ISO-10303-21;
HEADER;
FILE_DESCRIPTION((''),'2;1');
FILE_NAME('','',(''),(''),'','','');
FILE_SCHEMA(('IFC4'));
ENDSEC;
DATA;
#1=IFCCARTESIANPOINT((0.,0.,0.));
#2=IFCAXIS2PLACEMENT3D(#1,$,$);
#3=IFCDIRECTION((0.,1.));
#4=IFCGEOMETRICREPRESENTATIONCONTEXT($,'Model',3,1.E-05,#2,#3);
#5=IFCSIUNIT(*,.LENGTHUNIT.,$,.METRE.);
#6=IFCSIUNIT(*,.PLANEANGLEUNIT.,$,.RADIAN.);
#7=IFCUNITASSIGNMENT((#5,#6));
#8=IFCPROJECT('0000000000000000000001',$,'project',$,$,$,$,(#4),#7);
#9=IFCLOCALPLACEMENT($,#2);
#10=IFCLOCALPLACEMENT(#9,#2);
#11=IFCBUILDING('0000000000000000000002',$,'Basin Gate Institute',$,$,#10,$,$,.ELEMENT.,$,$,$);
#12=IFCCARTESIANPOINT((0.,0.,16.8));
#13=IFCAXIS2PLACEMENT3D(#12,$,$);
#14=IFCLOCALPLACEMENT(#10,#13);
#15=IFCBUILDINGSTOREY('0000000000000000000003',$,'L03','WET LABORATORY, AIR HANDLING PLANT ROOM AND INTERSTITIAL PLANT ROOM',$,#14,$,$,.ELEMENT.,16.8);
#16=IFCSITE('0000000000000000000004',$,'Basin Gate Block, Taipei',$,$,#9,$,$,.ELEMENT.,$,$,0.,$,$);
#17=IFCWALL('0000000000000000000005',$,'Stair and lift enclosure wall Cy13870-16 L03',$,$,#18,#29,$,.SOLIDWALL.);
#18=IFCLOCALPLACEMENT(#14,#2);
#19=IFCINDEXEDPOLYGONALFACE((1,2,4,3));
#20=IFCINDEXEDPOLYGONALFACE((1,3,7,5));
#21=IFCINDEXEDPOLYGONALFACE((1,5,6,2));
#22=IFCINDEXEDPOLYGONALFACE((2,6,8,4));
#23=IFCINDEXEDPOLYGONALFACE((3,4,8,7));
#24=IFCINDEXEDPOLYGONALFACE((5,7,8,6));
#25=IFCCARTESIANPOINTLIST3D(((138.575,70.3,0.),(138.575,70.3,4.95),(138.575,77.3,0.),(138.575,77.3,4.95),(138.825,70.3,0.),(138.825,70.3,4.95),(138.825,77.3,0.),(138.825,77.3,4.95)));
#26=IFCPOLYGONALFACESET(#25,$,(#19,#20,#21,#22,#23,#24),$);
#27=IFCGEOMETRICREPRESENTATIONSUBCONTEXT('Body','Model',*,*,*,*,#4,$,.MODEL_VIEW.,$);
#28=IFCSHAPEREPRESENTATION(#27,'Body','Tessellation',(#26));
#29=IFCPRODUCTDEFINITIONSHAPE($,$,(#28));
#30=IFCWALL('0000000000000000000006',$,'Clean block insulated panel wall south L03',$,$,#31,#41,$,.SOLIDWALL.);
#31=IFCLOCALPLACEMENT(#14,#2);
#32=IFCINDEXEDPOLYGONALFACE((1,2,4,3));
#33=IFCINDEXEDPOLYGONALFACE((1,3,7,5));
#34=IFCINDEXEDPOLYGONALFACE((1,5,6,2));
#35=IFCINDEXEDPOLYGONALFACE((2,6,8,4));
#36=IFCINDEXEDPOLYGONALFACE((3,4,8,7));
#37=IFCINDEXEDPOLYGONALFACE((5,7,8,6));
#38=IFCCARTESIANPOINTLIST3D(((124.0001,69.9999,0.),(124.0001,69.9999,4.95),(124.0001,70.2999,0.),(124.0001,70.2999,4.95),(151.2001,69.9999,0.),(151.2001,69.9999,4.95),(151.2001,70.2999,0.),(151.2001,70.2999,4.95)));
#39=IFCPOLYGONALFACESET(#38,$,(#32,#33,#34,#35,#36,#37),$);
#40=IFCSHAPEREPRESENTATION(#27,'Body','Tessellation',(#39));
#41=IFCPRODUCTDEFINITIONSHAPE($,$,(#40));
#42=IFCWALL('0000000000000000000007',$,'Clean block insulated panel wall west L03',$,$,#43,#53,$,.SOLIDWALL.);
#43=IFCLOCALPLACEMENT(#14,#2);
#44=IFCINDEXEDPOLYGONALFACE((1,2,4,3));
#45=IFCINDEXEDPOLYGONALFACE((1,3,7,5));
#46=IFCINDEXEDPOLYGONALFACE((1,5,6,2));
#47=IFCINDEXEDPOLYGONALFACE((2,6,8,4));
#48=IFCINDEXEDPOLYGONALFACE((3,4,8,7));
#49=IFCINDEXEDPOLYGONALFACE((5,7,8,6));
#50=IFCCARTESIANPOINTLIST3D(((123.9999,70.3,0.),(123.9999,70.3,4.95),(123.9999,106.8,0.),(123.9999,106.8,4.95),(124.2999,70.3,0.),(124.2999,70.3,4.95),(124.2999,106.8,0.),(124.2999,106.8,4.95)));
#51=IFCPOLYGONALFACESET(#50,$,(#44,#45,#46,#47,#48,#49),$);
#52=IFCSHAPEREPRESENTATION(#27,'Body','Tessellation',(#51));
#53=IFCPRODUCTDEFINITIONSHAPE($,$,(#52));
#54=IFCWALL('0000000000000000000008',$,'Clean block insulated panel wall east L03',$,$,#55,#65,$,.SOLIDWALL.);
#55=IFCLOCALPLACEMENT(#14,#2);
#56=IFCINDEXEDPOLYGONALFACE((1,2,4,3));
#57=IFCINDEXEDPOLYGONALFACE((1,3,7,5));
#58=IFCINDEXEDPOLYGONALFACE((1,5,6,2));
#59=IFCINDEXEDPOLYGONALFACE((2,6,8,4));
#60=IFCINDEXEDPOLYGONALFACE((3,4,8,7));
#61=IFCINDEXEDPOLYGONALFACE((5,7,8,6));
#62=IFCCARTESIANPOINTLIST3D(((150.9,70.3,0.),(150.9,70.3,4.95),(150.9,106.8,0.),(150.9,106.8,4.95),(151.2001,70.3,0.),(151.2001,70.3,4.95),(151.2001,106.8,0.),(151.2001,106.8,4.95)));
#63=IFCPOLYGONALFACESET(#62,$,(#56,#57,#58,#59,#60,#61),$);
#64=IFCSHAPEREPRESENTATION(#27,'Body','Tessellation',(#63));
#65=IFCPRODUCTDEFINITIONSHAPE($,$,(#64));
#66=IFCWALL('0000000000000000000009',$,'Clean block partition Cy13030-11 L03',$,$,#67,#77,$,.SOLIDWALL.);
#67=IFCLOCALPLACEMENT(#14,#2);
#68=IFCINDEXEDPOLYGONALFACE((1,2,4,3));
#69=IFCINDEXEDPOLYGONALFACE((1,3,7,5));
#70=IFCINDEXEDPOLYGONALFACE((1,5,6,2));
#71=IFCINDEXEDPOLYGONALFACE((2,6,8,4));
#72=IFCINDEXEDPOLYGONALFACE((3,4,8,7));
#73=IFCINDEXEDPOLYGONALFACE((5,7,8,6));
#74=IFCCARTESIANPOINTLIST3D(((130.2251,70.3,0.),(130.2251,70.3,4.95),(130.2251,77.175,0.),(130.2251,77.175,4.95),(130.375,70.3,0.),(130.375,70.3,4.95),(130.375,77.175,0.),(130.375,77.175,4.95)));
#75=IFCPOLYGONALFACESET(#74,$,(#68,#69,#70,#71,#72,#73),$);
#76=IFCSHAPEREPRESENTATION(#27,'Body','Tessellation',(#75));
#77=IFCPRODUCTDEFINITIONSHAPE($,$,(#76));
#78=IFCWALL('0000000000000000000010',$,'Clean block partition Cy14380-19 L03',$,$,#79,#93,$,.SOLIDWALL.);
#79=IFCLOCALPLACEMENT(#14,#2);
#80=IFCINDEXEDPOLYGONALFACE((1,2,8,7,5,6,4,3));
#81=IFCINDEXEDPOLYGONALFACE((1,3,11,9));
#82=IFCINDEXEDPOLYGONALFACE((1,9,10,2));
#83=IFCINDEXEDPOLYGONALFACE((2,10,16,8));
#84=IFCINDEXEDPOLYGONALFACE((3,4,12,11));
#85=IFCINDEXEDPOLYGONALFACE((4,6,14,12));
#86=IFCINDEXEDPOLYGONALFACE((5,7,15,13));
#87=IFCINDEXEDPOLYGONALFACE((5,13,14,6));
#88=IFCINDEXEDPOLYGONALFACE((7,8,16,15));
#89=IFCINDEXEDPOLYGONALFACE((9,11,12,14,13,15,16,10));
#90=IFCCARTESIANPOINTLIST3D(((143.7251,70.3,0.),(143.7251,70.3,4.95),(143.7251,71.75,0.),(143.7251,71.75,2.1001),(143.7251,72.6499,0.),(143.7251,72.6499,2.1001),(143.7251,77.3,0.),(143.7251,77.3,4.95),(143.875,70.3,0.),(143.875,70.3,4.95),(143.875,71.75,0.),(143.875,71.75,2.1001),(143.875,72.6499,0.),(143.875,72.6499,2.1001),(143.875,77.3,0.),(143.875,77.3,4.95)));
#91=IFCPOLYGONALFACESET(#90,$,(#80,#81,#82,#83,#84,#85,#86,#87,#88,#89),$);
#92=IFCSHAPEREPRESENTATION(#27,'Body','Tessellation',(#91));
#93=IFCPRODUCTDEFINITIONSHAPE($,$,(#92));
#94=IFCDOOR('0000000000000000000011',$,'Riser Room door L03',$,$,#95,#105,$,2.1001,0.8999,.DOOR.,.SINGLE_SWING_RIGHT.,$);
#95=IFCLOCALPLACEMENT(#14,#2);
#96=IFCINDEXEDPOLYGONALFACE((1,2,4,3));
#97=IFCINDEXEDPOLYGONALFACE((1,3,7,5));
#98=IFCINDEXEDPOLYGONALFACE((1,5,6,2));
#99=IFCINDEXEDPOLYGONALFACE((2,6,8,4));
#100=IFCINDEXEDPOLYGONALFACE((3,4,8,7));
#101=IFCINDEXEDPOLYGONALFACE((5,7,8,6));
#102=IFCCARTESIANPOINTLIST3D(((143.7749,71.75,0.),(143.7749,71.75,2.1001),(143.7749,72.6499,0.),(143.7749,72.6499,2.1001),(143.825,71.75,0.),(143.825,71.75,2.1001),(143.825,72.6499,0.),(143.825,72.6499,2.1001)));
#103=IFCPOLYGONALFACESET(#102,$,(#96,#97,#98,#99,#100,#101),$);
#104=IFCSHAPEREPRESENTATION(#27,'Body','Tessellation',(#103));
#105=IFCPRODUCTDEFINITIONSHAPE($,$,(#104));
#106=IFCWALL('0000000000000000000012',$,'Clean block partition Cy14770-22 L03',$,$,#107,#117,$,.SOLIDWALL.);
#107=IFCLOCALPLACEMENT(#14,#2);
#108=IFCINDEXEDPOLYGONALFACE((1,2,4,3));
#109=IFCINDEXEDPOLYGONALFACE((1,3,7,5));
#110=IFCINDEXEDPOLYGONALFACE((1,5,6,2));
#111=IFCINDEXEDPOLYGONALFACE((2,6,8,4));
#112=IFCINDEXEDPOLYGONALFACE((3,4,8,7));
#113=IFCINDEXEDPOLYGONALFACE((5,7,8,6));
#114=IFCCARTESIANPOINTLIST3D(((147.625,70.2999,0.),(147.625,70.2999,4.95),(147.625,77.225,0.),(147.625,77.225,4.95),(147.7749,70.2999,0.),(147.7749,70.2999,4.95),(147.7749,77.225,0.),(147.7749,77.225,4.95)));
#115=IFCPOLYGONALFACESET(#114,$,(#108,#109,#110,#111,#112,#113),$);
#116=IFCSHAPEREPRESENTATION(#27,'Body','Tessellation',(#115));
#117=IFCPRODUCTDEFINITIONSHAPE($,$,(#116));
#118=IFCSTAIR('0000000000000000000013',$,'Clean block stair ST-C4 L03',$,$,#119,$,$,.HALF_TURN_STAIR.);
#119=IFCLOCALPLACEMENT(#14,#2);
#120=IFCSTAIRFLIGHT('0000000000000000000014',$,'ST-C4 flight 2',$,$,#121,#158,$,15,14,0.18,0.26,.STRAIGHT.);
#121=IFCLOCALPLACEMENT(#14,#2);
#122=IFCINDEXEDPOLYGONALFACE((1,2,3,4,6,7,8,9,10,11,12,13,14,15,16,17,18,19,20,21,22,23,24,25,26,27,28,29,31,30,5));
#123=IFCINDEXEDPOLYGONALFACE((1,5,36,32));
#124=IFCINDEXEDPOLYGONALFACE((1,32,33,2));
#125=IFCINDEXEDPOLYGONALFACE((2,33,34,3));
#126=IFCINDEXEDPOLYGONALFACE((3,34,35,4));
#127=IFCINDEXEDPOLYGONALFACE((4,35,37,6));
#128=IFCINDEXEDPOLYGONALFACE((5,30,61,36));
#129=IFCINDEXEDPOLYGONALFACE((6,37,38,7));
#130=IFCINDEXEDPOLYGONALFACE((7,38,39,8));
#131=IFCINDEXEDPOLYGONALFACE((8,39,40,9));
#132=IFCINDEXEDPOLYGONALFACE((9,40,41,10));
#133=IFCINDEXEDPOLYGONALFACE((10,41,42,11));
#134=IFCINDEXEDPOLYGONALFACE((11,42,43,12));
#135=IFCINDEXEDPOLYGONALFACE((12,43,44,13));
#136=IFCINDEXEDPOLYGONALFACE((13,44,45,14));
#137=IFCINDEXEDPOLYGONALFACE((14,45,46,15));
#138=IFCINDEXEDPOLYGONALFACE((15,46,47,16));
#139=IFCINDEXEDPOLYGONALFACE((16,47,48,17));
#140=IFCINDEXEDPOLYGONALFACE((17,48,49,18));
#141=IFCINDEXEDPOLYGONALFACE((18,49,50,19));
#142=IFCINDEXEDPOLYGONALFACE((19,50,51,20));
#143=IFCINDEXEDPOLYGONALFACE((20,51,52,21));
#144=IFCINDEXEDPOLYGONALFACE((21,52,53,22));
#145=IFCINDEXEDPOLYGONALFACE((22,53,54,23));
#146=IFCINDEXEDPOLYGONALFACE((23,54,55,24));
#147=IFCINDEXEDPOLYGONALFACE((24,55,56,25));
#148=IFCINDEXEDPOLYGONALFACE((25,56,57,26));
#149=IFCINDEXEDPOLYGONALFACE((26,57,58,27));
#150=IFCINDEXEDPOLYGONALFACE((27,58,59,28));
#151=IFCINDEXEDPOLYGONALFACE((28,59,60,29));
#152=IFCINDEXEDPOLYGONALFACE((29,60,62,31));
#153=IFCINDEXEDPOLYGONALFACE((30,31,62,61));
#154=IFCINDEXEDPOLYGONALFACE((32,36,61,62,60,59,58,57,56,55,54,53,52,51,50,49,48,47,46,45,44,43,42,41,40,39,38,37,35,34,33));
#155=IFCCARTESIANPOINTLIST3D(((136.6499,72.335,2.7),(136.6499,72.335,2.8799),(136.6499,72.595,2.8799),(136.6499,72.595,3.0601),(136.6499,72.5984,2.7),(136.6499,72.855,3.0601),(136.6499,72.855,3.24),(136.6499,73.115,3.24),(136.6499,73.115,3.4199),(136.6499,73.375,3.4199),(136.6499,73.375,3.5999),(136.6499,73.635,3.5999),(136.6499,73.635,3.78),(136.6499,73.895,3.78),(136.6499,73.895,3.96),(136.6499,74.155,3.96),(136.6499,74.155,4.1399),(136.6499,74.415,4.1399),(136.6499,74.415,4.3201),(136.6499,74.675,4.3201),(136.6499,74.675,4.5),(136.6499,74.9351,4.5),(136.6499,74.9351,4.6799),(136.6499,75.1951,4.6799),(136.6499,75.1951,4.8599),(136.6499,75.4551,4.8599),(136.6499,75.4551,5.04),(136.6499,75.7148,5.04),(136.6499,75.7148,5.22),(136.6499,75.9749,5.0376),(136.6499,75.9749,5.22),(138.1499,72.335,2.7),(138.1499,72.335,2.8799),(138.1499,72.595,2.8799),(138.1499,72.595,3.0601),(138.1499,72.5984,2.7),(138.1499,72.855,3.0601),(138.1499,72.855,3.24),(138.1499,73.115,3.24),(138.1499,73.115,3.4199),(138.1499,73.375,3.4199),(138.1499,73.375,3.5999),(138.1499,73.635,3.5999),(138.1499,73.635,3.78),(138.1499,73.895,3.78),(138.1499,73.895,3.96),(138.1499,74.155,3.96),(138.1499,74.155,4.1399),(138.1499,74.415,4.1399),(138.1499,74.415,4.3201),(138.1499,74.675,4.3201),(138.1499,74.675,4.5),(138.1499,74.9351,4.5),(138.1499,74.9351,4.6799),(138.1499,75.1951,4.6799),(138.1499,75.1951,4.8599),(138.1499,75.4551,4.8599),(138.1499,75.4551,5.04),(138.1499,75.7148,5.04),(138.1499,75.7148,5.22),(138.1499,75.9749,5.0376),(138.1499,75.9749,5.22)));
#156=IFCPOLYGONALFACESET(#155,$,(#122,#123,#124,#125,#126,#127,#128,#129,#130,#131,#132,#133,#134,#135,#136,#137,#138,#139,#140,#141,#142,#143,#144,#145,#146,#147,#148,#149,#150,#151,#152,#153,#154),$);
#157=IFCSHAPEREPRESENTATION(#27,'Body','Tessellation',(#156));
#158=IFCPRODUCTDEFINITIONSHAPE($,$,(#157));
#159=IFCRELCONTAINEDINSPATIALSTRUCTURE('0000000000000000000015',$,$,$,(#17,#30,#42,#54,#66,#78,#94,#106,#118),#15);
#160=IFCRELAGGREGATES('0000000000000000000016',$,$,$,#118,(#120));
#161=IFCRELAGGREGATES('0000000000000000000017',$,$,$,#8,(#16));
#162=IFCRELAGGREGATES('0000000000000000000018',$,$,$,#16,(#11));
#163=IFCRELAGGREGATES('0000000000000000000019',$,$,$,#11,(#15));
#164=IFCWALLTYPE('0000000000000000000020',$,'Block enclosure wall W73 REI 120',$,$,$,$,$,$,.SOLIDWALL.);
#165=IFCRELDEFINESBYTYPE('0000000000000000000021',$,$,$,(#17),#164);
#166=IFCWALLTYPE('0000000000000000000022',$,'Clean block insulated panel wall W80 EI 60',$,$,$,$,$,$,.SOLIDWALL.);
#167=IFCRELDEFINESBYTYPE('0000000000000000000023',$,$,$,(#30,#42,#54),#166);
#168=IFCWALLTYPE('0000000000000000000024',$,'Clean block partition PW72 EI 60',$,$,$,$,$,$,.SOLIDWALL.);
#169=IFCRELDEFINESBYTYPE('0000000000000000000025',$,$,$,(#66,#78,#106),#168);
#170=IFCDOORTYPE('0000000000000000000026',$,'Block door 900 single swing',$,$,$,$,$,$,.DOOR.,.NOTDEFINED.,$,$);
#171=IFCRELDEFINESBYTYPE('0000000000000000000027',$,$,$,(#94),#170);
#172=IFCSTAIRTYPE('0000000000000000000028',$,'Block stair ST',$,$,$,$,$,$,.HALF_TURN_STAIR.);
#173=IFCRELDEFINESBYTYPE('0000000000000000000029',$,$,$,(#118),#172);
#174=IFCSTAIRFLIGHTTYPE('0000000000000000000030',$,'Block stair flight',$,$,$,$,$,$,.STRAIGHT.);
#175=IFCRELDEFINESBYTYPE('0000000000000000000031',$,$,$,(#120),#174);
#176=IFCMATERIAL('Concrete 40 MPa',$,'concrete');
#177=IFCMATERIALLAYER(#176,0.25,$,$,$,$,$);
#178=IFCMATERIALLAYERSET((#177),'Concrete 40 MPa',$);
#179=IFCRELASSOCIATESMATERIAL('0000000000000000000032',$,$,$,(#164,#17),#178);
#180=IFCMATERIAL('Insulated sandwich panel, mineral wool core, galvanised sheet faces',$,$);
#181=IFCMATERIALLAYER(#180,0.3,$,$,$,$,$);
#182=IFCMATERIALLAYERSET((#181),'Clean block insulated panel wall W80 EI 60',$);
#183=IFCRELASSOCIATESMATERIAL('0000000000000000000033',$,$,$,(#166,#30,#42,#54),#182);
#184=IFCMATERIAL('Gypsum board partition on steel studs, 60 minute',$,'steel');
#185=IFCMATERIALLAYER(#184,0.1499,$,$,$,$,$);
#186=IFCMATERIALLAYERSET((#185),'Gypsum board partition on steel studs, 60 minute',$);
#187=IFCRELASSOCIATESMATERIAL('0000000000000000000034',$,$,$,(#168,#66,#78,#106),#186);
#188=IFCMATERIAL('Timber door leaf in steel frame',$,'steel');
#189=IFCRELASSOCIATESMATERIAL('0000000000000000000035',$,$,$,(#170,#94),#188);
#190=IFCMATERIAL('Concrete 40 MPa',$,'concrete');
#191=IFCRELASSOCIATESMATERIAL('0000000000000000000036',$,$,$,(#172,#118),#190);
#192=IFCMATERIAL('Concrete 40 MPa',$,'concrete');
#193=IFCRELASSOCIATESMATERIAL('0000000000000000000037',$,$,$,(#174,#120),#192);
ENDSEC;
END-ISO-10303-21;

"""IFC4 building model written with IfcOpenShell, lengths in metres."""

from ifc_helpers import new_model, si_unit, direction, frame, frame_2d, origin, place, context, subcontext, project, spatial, polyline, rectangle, outline, extrude, material, layer, layer_set, type_object, element, fill, aggregate, save


model = new_model("IFC4")

# Units and contexts
model_context = context("Model", 3, precision=1e-05, world=origin(), true_north=direction((0.0, 1.0)))
body_context = subcontext(model_context, "Body", "Model", "MODEL_VIEW")
ifc_project = project(units=[si_unit("LENGTHUNIT", "METRE"), si_unit("PLANEANGLEUNIT", "RADIAN")], contexts=[model_context])

# Site, building, storey
site_placement = place(None, origin())
site = spatial("IfcSite", under=ifc_project, at=site_placement, Name="Basin Gate Block, Taipei", CompositionType="ELEMENT", RefElevation=0.0)
building_placement = place(site_placement, origin())
building = spatial("IfcBuilding", under=site, at=building_placement, Name="Basin Gate Institute", CompositionType="ELEMENT")
storey_placement = place(building_placement, frame((0.0, 0.0, 16.8)))
storey = spatial("IfcBuildingStorey", under=building, at=storey_placement, Name="L03", Description="WET LABORATORY, AIR HANDLING PLANT ROOM AND INTERSTITIAL PLANT ROOM", CompositionType="ELEMENT", Elevation=16.8)

# Walls
ifc_material_1 = material(Name="Concrete 40 MPa", Category="concrete")
ifc_layer_1 = layer(ifc_material_1, 0.25)
ifc_layer_set_1 = layer_set([ifc_layer_1], Name="Concrete 40 MPa")
wall_type_1 = type_object("IfcWallType", Name="Block enclosure wall W73 REI 120", PredefinedType="SOLIDWALL", material=ifc_layer_set_1)
wall_1_placement = place(storey_placement, frame((138.7, 70.3, 0.0), z_axis=(0.0, 0.0, 1.0), x_axis=(0.0, 1.0, 0.0)))
element("IfcWall", 1, at=wall_1_placement, inside=storey, type_object=wall_type_1, material=ifc_layer_set_1, Name="Stair and lift enclosure wall Cy13870-16 L03", PredefinedType="SOLIDWALL", context=body_context, shape_type="SweptSolid", body=[
    extrude(rectangle(XDim=7.0, YDim=0.25, at=frame_2d((3.5, 0.0))), origin(), (0.0, 0.0, 1.0), 4.95),
])
ifc_material_2 = material(Name="Insulated sandwich panel, mineral wool core, galvanised sheet faces")
ifc_layer_2 = layer(ifc_material_2, 0.3)
ifc_layer_set_2 = layer_set([ifc_layer_2], Name="Clean block insulated panel wall W80 EI 60")
wall_type_2 = type_object("IfcWallType", Name="Clean block insulated panel wall W80 EI 60", PredefinedType="SOLIDWALL", material=ifc_layer_set_2)
wall_2_placement = place(storey_placement, frame((124.0, 70.1499, 0.0), z_axis=(0.0, 0.0, 1.0), x_axis=(1.0, 0.0, 0.0)))
element("IfcWall", 2, at=wall_2_placement, inside=storey, type_object=wall_type_2, material=ifc_layer_set_2, Name="Clean block insulated panel wall south L03", PredefinedType="SOLIDWALL", context=body_context, shape_type="SweptSolid", body=[
    extrude(rectangle(XDim=27.2, YDim=0.3, at=frame_2d((13.6001, 0.0))), origin(), (0.0, 0.0, 1.0), 4.95),
])
for number, where, z_axis, x_axis, name in (
    (3, (124.1499, 70.3, 0.0), (0.0, 0.0, 1.0), (0.0, 1.0, 0.0), "Clean block insulated panel wall west L03"),
    (4, (151.05, 70.3, 0.0), (0.0, 0.0, 1.0), (0.0, 1.0, 0.0), "Clean block insulated panel wall east L03"),
):
    element("IfcWall", number, at=place(storey_placement, frame(where, z_axis=z_axis, x_axis=x_axis)), inside=storey, type_object=wall_type_2, material=ifc_layer_set_2, Name=name, PredefinedType="SOLIDWALL", context=body_context, shape_type="SweptSolid", body=[
        extrude(rectangle(XDim=36.5, YDim=0.3, at=frame_2d((18.25, 0.0))), origin(), (0.0, 0.0, 1.0), 4.95),
    ])
ifc_material_3 = material(Name="Gypsum board partition on steel studs, 60 minute", Category="steel")
ifc_layer_3 = layer(ifc_material_3, 0.1499)
ifc_layer_set_3 = layer_set([ifc_layer_3], Name="Gypsum board partition on steel studs, 60 minute")
wall_type_3 = type_object("IfcWallType", Name="Clean block partition PW72 EI 60", PredefinedType="SOLIDWALL", material=ifc_layer_set_3)
wall_3_placement = place(storey_placement, frame((130.3, 70.3, 0.0), z_axis=(0.0, 0.0, 1.0), x_axis=(0.0, 1.0, 0.0)))
element("IfcWall", 5, at=wall_3_placement, inside=storey, type_object=wall_type_3, material=ifc_layer_set_3, Name="Clean block partition Cy13030-11 L03", PredefinedType="SOLIDWALL", context=body_context, shape_type="SweptSolid", body=[
    extrude(rectangle(XDim=6.875, YDim=0.1499, at=frame_2d((3.4375, 0.0))), origin(), (0.0, 0.0, 1.0), 4.95),
])

# Wall, opening, door
wall_4_placement = place(storey_placement, frame((143.8, 70.3, 0.0), z_axis=(0.0, 0.0, 1.0), x_axis=(0.0, 1.0, 0.0)))
wall_4 = element("IfcWall", 6, at=wall_4_placement, inside=storey, type_object=wall_type_3, material=ifc_layer_set_3, Name="Clean block partition Cy14380-19 L03", PredefinedType="SOLIDWALL", context=body_context, shape_type="SweptSolid", body=[
    extrude(rectangle(XDim=7.0, YDim=0.1499, at=frame_2d((3.5, 0.0))), origin(), (0.0, 0.0, 1.0), 4.95),
])
opening_placement = place(wall_4_placement, frame((1.45, 0.0, 0.0)))
opening = element("IfcOpeningElement", 7, at=opening_placement, cuts=wall_4, PredefinedType="OPENING", context=body_context, shape_type="SweptSolid", body=[
    extrude(rectangle(XDim=0.8999, YDim=2.1001, at=frame_2d((0.45, 1.05))), frame((0.0, 0.085, 0.0), z_axis=(0.0, -1.0, 0.0), x_axis=(1.0, 0.0, 0.0)), (0.0, 0.0, 1.0), 0.1699),
])
ifc_material_4 = material(Name="Timber door leaf in steel frame", Category="steel")
door_type = type_object("IfcDoorType", Name="Block door 900 single swing", OperationType="NOTDEFINED", PredefinedType="DOOR", material=ifc_material_4)
door_placement = place(opening_placement, frame((0.8999, 0.0, 0.0), z_axis=(0.0, 0.0, 1.0), x_axis=(-1.0, 0.0, 0.0)))
door = element("IfcDoor", 8, at=door_placement, inside=storey, type_object=door_type, material=ifc_material_4, Name="Riser Room door L03", OperationType="SINGLE_SWING_RIGHT", OverallHeight=2.1001, OverallWidth=0.8999, PredefinedType="DOOR", context=body_context, shape_type="SweptSolid", body=[
    extrude(rectangle(XDim=0.8999, YDim=2.1001, at=frame_2d((0.45, 1.05))), frame((0.0, 0.0249, 0.0), z_axis=(0.0, -1.0, 0.0), x_axis=(1.0, 0.0, 0.0)), (0.0, 0.0, 1.0), 0.05),
])
fill(opening, door)

# Wall
wall_5_placement = place(storey_placement, frame((147.7, 70.3, 0.0), z_axis=(0.0, 0.0, 1.0), x_axis=(0.0, 1.0, 0.0)))
element("IfcWall", 9, at=wall_5_placement, inside=storey, type_object=wall_type_3, material=ifc_layer_set_3, Name="Clean block partition Cy14770-22 L03", PredefinedType="SOLIDWALL", context=body_context, shape_type="SweptSolid", body=[
    extrude(rectangle(XDim=6.925, YDim=0.1499, at=frame_2d((3.4624, 0.0))), origin(), (0.0, 0.0, 1.0), 4.95),
])

# Stair, stair flight
ifc_material_5 = material(Name="Concrete 40 MPa", Category="concrete")
stair_type = type_object("IfcStairType", Name="Block stair ST", PredefinedType="HALF_TURN_STAIR", material=ifc_material_5)
stair_placement = place(storey_placement, origin())
stair = element("IfcStair", 10, at=stair_placement, inside=storey, type_object=stair_type, material=ifc_material_5, Name="Clean block stair ST-C4 L03", PredefinedType="HALF_TURN_STAIR")
ifc_material_6 = material(Name="Concrete 40 MPa", Category="concrete")
stair_flight_type = type_object("IfcStairFlightType", Name="Block stair flight", PredefinedType="STRAIGHT", material=ifc_material_6)
stair_flight_placement = place(storey_placement, frame((137.3999, 72.335, 2.7), z_axis=(0.0, 0.0, 1.0), x_axis=(0.0, 1.0, 0.0)))
stair_flight = element("IfcStairFlight", 11, at=stair_flight_placement, type_object=stair_flight_type, material=ifc_material_6, Name="ST-C4 flight 2", NumberOfRisers=15, NumberOfTreads=14, PredefinedType="STRAIGHT", RiserHeight=0.18, TreadLength=0.26, context=body_context, shape_type="SweptSolid", body=[
    extrude(outline(polyline([(0.0, 0.0), (0.0, 0.1799), (0.26, 0.1799), (0.26, 0.3601), (0.52, 0.3601), (0.52, 0.54), (0.78, 0.54), (0.78, 0.72), (1.04, 0.72), (1.04, 0.8999), (1.3, 0.8999), (1.3, 1.0801), (1.5601, 1.0801), (1.5601, 1.26), (1.8201, 1.26), (1.8201, 1.4399), (2.0801, 1.4399), (2.0801, 1.6201), (2.3401, 1.6201), (2.3401, 1.8), (2.6001, 1.8), (2.6001, 1.98), (2.8601, 1.98), (2.8601, 2.1599), (3.1201, 2.1599), (3.1201, 2.3401), (3.3799, 2.3401), (3.3799, 2.52), (3.6399, 2.52), (3.6399, 2.7), (3.6399, 2.3376), (0.2634, 0.0), (0.0, 0.0)])), frame((0.0, 0.75, 0.0), z_axis=(0.0, -1.0, 0.0), x_axis=(1.0, 0.0, 0.0)), (0.0, 0.0, 1.0), 1.5),
])
aggregate(stair, [stair_flight])

save(model, "model.ifc")
